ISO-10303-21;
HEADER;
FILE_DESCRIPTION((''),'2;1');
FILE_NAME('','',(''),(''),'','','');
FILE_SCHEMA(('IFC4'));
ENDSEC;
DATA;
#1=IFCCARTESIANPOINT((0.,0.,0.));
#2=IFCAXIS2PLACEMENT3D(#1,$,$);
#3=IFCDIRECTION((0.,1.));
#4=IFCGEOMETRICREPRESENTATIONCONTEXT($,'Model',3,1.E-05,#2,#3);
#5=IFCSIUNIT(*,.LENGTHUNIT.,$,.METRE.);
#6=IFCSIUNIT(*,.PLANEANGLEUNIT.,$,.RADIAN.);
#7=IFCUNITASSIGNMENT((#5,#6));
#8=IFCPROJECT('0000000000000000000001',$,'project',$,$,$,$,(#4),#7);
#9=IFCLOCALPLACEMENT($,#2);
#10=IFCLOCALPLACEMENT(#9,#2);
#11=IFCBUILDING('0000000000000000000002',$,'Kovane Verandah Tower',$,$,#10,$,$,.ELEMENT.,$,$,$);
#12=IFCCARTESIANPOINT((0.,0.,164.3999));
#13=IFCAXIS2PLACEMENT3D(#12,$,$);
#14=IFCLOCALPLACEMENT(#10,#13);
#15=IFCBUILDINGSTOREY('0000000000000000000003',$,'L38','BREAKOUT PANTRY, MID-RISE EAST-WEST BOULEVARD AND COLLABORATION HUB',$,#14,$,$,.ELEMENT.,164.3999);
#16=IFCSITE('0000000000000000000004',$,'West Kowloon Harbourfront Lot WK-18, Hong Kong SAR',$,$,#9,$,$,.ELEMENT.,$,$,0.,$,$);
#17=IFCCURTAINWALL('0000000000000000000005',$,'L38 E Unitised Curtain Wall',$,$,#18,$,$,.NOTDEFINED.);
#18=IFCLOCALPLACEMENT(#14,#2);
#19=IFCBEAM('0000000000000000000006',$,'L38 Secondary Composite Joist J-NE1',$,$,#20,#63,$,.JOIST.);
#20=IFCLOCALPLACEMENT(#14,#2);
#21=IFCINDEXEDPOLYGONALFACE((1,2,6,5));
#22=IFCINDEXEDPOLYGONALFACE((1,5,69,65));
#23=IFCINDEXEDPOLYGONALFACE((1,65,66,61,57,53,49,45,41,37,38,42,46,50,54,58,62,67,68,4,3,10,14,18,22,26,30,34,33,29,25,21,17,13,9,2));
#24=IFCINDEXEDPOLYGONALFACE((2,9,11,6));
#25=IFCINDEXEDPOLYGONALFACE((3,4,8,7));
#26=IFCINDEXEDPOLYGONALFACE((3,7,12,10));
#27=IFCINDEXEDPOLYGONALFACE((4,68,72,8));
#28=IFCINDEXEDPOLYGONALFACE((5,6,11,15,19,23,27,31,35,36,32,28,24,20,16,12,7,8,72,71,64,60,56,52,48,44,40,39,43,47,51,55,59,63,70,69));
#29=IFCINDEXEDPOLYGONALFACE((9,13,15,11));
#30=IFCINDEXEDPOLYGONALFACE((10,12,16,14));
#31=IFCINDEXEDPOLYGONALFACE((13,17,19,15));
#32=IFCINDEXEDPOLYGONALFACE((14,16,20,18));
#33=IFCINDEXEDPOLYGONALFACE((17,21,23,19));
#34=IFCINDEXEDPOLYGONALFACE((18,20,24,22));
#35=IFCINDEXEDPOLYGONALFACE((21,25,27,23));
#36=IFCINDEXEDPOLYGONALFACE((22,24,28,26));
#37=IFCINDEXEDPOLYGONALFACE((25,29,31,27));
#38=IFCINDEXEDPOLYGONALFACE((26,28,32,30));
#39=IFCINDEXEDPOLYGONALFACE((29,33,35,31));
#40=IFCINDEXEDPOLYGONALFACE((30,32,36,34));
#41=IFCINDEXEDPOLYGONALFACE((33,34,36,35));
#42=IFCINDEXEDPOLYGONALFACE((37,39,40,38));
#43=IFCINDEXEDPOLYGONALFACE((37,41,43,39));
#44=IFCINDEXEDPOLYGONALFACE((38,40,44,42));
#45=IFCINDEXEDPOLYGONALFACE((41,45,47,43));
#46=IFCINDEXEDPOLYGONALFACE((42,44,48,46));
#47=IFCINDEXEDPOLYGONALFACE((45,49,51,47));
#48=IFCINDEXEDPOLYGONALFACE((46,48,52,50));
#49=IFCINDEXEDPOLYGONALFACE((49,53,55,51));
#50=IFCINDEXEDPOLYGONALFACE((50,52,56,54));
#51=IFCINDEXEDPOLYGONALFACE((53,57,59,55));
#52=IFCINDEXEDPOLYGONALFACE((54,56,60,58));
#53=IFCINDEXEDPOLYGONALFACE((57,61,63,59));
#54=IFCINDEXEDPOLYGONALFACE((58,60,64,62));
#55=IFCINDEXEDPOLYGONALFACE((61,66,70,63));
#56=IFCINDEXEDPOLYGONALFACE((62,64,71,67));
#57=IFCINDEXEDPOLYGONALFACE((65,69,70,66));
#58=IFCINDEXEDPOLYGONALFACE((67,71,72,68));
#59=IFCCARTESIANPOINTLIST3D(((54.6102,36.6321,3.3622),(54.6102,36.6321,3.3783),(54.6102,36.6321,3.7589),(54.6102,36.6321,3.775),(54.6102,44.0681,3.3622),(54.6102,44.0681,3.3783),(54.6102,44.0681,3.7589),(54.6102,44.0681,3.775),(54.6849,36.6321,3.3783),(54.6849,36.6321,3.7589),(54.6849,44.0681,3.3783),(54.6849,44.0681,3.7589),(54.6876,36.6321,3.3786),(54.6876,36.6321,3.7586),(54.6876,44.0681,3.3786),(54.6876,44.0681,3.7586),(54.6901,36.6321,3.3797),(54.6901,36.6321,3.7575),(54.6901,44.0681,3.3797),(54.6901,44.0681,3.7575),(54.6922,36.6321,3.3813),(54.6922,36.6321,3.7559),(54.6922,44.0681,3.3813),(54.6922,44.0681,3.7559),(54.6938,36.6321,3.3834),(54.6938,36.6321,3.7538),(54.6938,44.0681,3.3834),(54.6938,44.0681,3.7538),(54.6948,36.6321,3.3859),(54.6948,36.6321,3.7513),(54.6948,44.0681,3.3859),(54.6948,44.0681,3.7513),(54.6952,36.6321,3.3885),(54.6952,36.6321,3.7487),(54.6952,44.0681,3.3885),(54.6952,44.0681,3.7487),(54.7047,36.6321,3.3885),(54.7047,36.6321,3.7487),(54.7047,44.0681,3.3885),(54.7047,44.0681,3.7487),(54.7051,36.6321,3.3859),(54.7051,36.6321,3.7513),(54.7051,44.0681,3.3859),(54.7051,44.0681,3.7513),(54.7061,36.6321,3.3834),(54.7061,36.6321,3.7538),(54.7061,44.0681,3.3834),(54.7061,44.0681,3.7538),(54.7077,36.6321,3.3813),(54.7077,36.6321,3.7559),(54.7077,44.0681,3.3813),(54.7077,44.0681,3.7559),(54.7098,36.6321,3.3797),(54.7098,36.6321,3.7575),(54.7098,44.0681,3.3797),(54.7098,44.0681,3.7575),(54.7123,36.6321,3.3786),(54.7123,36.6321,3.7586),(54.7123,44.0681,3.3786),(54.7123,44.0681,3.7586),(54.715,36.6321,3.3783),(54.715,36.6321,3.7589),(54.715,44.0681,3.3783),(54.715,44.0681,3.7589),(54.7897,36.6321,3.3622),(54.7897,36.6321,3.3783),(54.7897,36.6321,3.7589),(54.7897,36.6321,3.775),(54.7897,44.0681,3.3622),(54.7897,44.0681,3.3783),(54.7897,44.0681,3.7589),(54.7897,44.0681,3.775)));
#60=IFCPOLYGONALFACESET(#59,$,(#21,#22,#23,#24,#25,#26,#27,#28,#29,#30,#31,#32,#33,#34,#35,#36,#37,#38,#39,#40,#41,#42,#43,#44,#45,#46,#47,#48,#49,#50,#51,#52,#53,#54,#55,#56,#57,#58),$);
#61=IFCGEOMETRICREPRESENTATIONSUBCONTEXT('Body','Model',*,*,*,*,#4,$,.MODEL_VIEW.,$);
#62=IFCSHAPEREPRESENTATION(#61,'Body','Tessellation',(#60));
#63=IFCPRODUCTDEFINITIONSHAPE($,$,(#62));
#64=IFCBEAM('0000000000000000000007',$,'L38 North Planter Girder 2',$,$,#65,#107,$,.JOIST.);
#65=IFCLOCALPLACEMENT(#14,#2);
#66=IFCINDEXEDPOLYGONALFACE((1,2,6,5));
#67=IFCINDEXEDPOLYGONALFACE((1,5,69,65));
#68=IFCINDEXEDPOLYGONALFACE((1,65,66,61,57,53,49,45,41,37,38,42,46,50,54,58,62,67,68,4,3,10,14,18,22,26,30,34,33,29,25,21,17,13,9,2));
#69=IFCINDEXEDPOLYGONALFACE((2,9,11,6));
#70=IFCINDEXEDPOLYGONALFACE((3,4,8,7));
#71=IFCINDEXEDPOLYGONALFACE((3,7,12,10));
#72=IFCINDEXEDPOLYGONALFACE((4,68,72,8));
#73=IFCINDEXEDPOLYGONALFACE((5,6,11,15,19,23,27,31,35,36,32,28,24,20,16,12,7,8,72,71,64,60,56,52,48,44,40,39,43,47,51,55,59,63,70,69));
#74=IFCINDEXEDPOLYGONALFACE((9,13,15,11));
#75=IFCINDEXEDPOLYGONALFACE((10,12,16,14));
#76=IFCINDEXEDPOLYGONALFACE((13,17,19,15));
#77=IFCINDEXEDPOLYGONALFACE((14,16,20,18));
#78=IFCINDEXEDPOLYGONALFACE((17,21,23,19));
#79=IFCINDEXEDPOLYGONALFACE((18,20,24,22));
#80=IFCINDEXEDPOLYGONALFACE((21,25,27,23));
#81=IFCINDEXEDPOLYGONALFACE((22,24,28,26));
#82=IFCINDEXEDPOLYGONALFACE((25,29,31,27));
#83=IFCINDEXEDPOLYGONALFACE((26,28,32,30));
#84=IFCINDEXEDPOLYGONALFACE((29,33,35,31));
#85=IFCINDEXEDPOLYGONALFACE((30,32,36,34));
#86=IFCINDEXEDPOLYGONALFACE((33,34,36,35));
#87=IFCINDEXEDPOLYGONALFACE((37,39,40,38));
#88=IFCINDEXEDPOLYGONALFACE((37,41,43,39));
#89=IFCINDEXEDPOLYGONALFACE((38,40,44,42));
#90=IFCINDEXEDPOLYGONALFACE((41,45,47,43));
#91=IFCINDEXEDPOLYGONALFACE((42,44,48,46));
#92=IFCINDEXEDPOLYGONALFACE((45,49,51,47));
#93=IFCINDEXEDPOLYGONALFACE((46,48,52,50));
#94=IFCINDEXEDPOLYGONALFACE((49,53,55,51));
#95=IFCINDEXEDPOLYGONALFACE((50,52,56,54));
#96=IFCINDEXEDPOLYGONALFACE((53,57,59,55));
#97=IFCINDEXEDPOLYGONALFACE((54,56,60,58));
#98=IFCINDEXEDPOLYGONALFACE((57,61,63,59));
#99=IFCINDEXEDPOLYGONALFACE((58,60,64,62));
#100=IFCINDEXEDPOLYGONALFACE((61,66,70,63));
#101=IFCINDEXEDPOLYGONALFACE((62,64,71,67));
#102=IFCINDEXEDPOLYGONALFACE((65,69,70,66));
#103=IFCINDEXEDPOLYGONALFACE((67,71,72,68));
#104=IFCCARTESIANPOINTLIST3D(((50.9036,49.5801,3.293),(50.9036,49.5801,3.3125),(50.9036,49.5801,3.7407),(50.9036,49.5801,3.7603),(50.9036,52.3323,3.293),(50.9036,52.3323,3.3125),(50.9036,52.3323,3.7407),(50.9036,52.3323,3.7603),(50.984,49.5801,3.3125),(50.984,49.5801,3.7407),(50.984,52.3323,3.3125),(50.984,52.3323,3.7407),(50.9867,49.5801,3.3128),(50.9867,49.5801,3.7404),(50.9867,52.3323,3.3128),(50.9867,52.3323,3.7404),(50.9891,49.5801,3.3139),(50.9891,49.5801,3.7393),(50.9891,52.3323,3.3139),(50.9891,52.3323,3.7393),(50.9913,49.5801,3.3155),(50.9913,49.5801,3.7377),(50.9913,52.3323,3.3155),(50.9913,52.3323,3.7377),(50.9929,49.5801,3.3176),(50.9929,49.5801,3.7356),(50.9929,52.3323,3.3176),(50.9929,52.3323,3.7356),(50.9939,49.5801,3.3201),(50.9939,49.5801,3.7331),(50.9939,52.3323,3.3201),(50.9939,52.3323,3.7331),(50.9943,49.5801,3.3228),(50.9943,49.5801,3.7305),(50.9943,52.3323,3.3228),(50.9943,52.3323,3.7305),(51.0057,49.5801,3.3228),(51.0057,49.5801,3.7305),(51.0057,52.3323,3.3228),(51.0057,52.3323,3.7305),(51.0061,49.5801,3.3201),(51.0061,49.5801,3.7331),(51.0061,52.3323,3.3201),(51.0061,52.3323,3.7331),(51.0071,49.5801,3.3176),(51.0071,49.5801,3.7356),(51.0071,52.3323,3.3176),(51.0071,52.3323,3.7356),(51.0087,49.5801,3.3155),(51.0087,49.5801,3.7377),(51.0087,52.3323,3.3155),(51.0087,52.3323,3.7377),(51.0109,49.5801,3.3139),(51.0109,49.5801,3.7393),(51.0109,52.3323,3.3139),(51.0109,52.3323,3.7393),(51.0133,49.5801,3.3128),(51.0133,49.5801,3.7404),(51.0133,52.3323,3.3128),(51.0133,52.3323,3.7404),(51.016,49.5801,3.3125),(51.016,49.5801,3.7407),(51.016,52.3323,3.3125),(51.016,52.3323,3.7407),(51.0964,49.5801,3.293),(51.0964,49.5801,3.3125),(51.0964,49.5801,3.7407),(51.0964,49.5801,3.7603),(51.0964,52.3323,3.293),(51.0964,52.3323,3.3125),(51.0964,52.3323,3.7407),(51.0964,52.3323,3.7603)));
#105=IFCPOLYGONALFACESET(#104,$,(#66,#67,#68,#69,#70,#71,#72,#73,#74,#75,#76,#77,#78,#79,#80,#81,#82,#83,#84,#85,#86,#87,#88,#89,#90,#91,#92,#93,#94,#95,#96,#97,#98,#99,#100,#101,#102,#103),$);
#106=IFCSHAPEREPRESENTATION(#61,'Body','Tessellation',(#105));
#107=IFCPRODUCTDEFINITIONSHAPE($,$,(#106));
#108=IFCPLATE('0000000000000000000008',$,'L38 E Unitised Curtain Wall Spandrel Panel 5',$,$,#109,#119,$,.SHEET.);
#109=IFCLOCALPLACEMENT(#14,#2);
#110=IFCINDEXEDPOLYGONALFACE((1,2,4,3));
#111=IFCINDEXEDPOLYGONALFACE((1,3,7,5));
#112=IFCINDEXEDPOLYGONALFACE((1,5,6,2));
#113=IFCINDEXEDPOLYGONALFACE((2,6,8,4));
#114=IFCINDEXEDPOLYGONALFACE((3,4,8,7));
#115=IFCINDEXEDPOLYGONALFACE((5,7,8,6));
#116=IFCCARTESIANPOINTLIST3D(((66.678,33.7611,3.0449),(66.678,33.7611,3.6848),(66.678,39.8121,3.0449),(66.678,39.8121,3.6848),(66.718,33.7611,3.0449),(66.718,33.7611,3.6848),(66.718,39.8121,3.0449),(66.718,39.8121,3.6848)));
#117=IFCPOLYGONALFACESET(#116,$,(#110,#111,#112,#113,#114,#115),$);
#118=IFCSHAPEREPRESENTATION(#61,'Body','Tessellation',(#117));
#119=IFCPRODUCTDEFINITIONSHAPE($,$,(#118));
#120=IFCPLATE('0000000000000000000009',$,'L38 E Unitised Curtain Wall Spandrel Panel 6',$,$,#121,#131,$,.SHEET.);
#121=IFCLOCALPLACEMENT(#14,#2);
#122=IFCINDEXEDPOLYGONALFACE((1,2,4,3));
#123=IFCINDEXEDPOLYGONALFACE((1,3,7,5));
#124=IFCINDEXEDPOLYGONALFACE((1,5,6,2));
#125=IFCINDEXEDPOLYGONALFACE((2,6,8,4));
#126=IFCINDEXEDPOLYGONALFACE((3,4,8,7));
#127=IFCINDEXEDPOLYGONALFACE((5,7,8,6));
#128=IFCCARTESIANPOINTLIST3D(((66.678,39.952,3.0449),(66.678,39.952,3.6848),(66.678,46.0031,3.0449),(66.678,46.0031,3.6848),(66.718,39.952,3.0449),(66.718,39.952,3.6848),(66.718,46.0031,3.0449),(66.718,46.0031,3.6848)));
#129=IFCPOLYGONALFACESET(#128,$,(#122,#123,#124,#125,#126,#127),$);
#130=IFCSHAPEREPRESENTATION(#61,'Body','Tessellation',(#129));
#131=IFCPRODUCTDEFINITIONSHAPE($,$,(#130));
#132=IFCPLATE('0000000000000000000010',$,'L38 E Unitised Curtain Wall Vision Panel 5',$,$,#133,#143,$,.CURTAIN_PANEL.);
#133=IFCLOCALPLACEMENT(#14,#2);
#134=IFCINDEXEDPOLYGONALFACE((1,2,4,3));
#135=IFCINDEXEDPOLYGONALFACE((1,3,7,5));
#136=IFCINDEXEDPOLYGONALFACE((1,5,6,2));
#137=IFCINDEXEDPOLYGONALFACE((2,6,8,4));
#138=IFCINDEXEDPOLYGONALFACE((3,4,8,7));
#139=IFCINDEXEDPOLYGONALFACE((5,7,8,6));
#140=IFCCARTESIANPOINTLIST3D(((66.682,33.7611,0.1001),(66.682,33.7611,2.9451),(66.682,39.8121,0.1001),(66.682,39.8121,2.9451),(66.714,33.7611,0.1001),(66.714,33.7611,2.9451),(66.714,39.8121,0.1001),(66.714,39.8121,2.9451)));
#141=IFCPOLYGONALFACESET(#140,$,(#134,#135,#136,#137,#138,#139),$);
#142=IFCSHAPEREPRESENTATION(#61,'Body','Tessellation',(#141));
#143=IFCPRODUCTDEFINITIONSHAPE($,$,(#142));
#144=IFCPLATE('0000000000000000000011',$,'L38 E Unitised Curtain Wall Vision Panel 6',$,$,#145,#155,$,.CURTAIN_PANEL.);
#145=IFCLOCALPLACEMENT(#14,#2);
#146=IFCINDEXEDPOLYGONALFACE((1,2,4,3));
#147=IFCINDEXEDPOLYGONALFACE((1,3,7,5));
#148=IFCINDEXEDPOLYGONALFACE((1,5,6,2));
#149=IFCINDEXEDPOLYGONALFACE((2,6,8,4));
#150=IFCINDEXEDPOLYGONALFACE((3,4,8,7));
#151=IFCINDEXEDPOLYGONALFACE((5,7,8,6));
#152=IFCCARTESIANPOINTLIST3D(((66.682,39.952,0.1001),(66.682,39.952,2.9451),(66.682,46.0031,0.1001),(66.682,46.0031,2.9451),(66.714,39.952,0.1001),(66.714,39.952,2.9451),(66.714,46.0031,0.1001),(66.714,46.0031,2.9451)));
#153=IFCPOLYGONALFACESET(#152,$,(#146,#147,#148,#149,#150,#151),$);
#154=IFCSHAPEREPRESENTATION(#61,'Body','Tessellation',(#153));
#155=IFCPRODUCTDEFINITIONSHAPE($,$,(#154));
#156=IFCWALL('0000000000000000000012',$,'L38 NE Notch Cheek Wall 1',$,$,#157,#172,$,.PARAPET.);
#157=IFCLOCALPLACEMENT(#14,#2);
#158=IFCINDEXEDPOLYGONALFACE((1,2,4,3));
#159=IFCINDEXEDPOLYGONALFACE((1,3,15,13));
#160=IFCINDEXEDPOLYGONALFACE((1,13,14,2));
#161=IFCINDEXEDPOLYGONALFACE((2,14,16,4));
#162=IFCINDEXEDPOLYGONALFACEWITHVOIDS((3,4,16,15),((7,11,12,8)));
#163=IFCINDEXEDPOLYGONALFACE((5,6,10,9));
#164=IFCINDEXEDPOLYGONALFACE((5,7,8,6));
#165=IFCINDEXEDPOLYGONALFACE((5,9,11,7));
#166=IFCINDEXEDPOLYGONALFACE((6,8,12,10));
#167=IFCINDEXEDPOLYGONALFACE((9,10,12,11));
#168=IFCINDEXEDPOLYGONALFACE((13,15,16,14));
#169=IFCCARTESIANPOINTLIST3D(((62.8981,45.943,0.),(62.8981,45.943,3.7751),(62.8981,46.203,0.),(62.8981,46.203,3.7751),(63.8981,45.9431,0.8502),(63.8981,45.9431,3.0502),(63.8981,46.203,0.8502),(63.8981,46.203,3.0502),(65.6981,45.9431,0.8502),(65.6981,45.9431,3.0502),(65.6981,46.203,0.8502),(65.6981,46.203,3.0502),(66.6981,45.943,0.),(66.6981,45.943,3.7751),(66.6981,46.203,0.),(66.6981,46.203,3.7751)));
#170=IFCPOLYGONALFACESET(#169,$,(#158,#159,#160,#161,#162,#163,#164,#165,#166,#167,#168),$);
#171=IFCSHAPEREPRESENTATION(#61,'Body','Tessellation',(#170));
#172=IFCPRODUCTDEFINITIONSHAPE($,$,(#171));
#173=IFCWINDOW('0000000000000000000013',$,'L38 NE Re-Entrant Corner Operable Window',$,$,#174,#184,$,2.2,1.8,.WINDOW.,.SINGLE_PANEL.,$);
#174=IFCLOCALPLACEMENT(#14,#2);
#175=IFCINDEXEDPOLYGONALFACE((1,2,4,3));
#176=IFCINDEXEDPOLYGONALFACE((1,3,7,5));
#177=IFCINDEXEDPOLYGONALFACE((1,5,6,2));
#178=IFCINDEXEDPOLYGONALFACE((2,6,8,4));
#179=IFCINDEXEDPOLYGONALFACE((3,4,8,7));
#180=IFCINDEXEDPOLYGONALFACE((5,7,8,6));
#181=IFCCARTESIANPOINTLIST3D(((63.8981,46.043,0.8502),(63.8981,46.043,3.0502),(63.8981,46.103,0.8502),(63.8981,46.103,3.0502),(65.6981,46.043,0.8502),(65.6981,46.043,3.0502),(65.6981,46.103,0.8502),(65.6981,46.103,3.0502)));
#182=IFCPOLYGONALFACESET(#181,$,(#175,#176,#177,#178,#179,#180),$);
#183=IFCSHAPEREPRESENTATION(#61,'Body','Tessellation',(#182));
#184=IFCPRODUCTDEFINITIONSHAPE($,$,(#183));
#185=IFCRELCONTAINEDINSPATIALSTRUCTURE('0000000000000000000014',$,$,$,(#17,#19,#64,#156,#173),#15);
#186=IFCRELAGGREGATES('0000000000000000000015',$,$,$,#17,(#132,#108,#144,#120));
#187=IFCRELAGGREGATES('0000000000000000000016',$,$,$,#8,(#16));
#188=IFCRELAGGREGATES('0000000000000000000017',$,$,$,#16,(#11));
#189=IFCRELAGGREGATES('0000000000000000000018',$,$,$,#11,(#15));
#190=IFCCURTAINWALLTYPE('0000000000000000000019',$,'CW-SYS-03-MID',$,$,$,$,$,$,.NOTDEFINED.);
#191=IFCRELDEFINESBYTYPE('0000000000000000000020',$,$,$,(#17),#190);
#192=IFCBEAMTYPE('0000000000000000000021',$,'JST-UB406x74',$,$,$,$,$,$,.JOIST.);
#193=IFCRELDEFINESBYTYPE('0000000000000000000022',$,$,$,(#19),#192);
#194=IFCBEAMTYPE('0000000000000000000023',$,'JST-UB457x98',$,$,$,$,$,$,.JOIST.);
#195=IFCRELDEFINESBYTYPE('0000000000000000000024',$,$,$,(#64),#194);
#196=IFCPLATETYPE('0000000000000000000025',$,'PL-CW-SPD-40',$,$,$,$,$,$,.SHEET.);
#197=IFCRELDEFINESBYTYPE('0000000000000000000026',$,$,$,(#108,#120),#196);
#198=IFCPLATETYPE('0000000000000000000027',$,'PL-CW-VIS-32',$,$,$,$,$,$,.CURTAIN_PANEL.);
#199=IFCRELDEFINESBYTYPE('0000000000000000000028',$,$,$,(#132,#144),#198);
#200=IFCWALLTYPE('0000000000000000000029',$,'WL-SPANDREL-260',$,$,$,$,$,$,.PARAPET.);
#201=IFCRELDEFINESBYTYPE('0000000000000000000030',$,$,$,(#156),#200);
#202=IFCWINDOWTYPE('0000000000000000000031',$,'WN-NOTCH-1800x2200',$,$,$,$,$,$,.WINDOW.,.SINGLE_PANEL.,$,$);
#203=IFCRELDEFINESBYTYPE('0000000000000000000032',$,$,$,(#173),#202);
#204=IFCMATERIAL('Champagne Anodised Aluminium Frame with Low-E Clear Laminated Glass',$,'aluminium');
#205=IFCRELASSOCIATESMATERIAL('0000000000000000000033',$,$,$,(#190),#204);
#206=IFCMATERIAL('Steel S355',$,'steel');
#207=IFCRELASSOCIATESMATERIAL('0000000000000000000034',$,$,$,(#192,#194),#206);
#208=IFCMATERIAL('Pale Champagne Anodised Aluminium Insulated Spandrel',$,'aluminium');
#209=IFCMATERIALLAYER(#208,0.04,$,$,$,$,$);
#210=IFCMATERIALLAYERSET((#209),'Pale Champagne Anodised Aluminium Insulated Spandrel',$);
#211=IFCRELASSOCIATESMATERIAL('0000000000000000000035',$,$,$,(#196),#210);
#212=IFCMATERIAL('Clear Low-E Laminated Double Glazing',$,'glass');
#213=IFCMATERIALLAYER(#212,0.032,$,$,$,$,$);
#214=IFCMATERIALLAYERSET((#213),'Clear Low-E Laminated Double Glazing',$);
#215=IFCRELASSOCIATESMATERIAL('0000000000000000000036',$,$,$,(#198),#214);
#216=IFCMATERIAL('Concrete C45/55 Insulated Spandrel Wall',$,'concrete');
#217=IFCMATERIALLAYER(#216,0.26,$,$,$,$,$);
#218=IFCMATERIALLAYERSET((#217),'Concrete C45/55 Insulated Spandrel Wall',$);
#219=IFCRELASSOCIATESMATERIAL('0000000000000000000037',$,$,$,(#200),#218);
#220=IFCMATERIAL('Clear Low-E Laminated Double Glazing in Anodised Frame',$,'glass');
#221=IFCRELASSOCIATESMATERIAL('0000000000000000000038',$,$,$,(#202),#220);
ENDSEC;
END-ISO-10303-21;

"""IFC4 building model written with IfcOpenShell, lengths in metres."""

from ifc_helpers import new_model, si_unit, direction, frame, frame_2d, origin, origin_2d, place, context, subcontext, project, spatial, rectangle, i_section, extrude, material, layer, layer_set, material_profile, profile_set, type_object, element, fill, aggregate, save


model = new_model("IFC4")

# Units and contexts
model_context = context("Model", 3, precision=1e-05, world=origin(), true_north=direction((0.0, 1.0)))
body_context = subcontext(model_context, "Body", "Model", "MODEL_VIEW")
ifc_project = project(units=[si_unit("LENGTHUNIT", "METRE"), si_unit("PLANEANGLEUNIT", "RADIAN")], contexts=[model_context])

# Site, building, storey
site_placement = place(None, origin())
site = spatial("IfcSite", under=ifc_project, at=site_placement, Name="West Kowloon Harbourfront Lot WK-18, Hong Kong SAR", CompositionType="ELEMENT", RefElevation=0.0)
building_placement = place(site_placement, origin())
building = spatial("IfcBuilding", under=site, at=building_placement, Name="Kovane Verandah Tower", CompositionType="ELEMENT")
storey_placement = place(building_placement, frame((0.0, 0.0, 164.3999)))
storey = spatial("IfcBuildingStorey", under=building, at=storey_placement, Name="L38", Description="BREAKOUT PANTRY, MID-RISE EAST-WEST BOULEVARD AND COLLABORATION HUB", CompositionType="ELEMENT", Elevation=164.3999)

# Shared definitions
ifc_material_1 = material(Name="Steel S355", Category="steel")

# Curtain wall
ifc_material_2 = material(Name="Champagne Anodised Aluminium Frame with Low-E Clear Laminated Glass", Category="aluminium")
curtain_wall_type = type_object("IfcCurtainWallType", Name="CW-SYS-03-MID", PredefinedType="NOTDEFINED", material=ifc_material_2)
curtain_wall_placement = place(storey_placement, origin())
curtain_wall = element("IfcCurtainWall", 1, at=curtain_wall_placement, inside=storey, type_object=curtain_wall_type, Name="L38 E Unitised Curtain Wall", PredefinedType="NOTDEFINED")

# Beams
ifc_material_profile_1 = material_profile(ifc_material_1, i_section(OverallWidth=0.1794, OverallDepth=0.4128, WebThickness=0.0095, FlangeThickness=0.0161, FilletRadius=0.0103, at=origin_2d()), Name="UB406x178x74")
ifc_profile_set_1 = profile_set([ifc_material_profile_1], Name="Steel S355")
beam_type_1 = type_object("IfcBeamType", Name="JST-UB406x74", PredefinedType="JOIST", material=ifc_profile_set_1)
beam_1_placement = place(storey_placement, frame((54.7, 36.6321, 3.5686), z_axis=(0.0, 1.0, 0.0), x_axis=(-1.0, 0.0, 0.0)))
element("IfcBeam", 2, at=beam_1_placement, inside=storey, type_object=beam_type_1, Name="L38 Secondary Composite Joist J-NE1", PredefinedType="JOIST", context=body_context, shape_type="SweptSolid", body=[
    extrude(i_section(OverallWidth=0.1794, OverallDepth=0.4128, WebThickness=0.0095, FlangeThickness=0.0161, FilletRadius=0.0103, at=origin_2d()), origin(), (0.0, 0.0, 1.0), 7.436),
])
ifc_material_profile_2 = material_profile(ifc_material_1, i_section(OverallWidth=0.1929, OverallDepth=0.4673, WebThickness=0.0115, FlangeThickness=0.0195, FilletRadius=0.0103, at=origin_2d()), Name="UB457x191x98")
ifc_profile_set_2 = profile_set([ifc_material_profile_2], Name="Steel S355")
beam_type_2 = type_object("IfcBeamType", Name="JST-UB457x98", PredefinedType="JOIST", material=ifc_profile_set_2)
beam_2_placement = place(storey_placement, frame((51.0, 49.5801, 3.5266), z_axis=(0.0, 1.0, 0.0), x_axis=(-1.0, 0.0, 0.0)))
element("IfcBeam", 3, at=beam_2_placement, inside=storey, type_object=beam_type_2, Name="L38 North Planter Girder 2", PredefinedType="JOIST", context=body_context, shape_type="SweptSolid", body=[
    extrude(i_section(OverallWidth=0.1929, OverallDepth=0.4673, WebThickness=0.0115, FlangeThickness=0.0195, FilletRadius=0.0103, at=origin_2d()), origin(), (0.0, 0.0, 1.0), 2.7522),
])

# Plates
ifc_material_3 = material(Name="Pale Champagne Anodised Aluminium Insulated Spandrel", Category="aluminium")
ifc_layer_1 = layer(ifc_material_3, 0.04)
ifc_layer_set_1 = layer_set([ifc_layer_1], Name="Pale Champagne Anodised Aluminium Insulated Spandrel")
plate_type_1 = type_object("IfcPlateType", Name="PL-CW-SPD-40", PredefinedType="SHEET", material=ifc_layer_set_1)
plate_1_placement = place(storey_placement, frame((66.698, 36.7866, 3.0449), z_axis=(0.0, 0.0, 1.0), x_axis=(0.0, 1.0, 0.0)))
plate_1 = element("IfcPlate", 4, at=plate_1_placement, type_object=plate_type_1, Name="L38 E Unitised Curtain Wall Spandrel Panel 5", PredefinedType="SHEET", context=body_context, shape_type="SweptSolid", body=[
    extrude(rectangle(XDim=6.051, YDim=0.04, at=origin_2d()), origin(), (0.0, 0.0, 1.0), 0.6399),
])
plate_2_placement = place(storey_placement, frame((66.698, 42.9775, 3.0449), z_axis=(0.0, 0.0, 1.0), x_axis=(0.0, 1.0, 0.0)))
plate_2 = element("IfcPlate", 5, at=plate_2_placement, type_object=plate_type_1, Name="L38 E Unitised Curtain Wall Spandrel Panel 6", PredefinedType="SHEET", context=body_context, shape_type="SweptSolid", body=[
    extrude(rectangle(XDim=6.051, YDim=0.04, at=origin_2d()), origin(), (0.0, 0.0, 1.0), 0.6399),
])
ifc_material_4 = material(Name="Clear Low-E Laminated Double Glazing", Category="glass")
ifc_layer_2 = layer(ifc_material_4, 0.032)
ifc_layer_set_2 = layer_set([ifc_layer_2], Name="Clear Low-E Laminated Double Glazing")
plate_type_2 = type_object("IfcPlateType", Name="PL-CW-VIS-32", PredefinedType="CURTAIN_PANEL", material=ifc_layer_set_2)
plate_3_placement = place(storey_placement, frame((66.698, 36.7866, 0.1001), z_axis=(0.0, 0.0, 1.0), x_axis=(0.0, 1.0, 0.0)))
plate_3 = element("IfcPlate", 6, at=plate_3_placement, type_object=plate_type_2, Name="L38 E Unitised Curtain Wall Vision Panel 5", PredefinedType="CURTAIN_PANEL", context=body_context, shape_type="SweptSolid", body=[
    extrude(rectangle(XDim=6.051, YDim=0.032, at=origin_2d()), origin(), (0.0, 0.0, 1.0), 2.845),
])
plate_4_placement = place(storey_placement, frame((66.698, 42.9775, 0.1001), z_axis=(0.0, 0.0, 1.0), x_axis=(0.0, 1.0, 0.0)))
plate_4 = element("IfcPlate", 7, at=plate_4_placement, type_object=plate_type_2, Name="L38 E Unitised Curtain Wall Vision Panel 6", PredefinedType="CURTAIN_PANEL", context=body_context, shape_type="SweptSolid", body=[
    extrude(rectangle(XDim=6.051, YDim=0.032, at=origin_2d()), origin(), (0.0, 0.0, 1.0), 2.845),
])
aggregate(curtain_wall, [plate_3, plate_1, plate_4, plate_2])

# Shared definitions
ifc_material_5 = material(Name="Concrete C45/55 Insulated Spandrel Wall", Category="concrete")
ifc_layer_3 = layer(ifc_material_5, 0.26)
ifc_layer_set_3 = layer_set([ifc_layer_3], Name="Concrete C45/55 Insulated Spandrel Wall")
wall_type = type_object("IfcWallType", Name="WL-SPANDREL-260", PredefinedType="PARAPET", material=ifc_layer_set_3)
ifc_material_6 = material(Name="Clear Low-E Laminated Double Glazing in Anodised Frame", Category="glass")

# Wall, opening, window
wall_1_placement = place(storey_placement, frame((66.698, 46.073, 0.0), z_axis=(0.0, 0.0, 1.0), x_axis=(-1.0, 0.0, 0.0)))
wall_1 = element("IfcWall", 8, at=wall_1_placement, inside=storey, type_object=wall_type, Name="L38 NE Notch Cheek Wall 1", PredefinedType="PARAPET", context=body_context, shape_type="SweptSolid", body=[
    extrude(rectangle(XDim=3.8, YDim=0.26, at=frame_2d((1.8999, 0.0))), origin(), (0.0, 0.0, 1.0), 3.7751),
])
opening_1_placement = place(wall_1_placement, frame((1.0, 0.0, 0.8501)))
opening_1 = element("IfcOpeningElement", 9, at=opening_1_placement, cuts=wall_1, PredefinedType="OPENING", context=body_context, shape_type="SweptSolid", body=[
    extrude(rectangle(XDim=1.8, YDim=2.2, at=frame_2d((0.8999, 1.1001))), frame((0.0, 0.1299, 0.0), z_axis=(0.0, -1.0, 0.0), x_axis=(1.0, 0.0, 0.0)), (0.0, 0.0, 1.0), 0.26),
])
window_type_1 = type_object("IfcWindowType", Name="WN-NOTCH-1800x2200", PartitioningType="SINGLE_PANEL", PredefinedType="WINDOW", material=ifc_material_6)
window_1_placement = place(opening_1_placement, origin())
window_1 = element("IfcWindow", 10, at=window_1_placement, inside=storey, type_object=window_type_1, Name="L38 NE Re-Entrant Corner Operable Window", OverallHeight=2.2, OverallWidth=1.8, PartitioningType="SINGLE_PANEL", PredefinedType="WINDOW", context=body_context, shape_type="SweptSolid", body=[
    extrude(rectangle(XDim=1.8, YDim=2.2, at=frame_2d((0.8999, 1.1001))), frame((0.0, 0.03, 0.0), z_axis=(0.0, -1.0, 0.0), x_axis=(1.0, 0.0, 0.0)), (0.0, 0.0, 1.0), 0.0601),
])
fill(opening_1, window_1)

save(model, "model.ifc")
